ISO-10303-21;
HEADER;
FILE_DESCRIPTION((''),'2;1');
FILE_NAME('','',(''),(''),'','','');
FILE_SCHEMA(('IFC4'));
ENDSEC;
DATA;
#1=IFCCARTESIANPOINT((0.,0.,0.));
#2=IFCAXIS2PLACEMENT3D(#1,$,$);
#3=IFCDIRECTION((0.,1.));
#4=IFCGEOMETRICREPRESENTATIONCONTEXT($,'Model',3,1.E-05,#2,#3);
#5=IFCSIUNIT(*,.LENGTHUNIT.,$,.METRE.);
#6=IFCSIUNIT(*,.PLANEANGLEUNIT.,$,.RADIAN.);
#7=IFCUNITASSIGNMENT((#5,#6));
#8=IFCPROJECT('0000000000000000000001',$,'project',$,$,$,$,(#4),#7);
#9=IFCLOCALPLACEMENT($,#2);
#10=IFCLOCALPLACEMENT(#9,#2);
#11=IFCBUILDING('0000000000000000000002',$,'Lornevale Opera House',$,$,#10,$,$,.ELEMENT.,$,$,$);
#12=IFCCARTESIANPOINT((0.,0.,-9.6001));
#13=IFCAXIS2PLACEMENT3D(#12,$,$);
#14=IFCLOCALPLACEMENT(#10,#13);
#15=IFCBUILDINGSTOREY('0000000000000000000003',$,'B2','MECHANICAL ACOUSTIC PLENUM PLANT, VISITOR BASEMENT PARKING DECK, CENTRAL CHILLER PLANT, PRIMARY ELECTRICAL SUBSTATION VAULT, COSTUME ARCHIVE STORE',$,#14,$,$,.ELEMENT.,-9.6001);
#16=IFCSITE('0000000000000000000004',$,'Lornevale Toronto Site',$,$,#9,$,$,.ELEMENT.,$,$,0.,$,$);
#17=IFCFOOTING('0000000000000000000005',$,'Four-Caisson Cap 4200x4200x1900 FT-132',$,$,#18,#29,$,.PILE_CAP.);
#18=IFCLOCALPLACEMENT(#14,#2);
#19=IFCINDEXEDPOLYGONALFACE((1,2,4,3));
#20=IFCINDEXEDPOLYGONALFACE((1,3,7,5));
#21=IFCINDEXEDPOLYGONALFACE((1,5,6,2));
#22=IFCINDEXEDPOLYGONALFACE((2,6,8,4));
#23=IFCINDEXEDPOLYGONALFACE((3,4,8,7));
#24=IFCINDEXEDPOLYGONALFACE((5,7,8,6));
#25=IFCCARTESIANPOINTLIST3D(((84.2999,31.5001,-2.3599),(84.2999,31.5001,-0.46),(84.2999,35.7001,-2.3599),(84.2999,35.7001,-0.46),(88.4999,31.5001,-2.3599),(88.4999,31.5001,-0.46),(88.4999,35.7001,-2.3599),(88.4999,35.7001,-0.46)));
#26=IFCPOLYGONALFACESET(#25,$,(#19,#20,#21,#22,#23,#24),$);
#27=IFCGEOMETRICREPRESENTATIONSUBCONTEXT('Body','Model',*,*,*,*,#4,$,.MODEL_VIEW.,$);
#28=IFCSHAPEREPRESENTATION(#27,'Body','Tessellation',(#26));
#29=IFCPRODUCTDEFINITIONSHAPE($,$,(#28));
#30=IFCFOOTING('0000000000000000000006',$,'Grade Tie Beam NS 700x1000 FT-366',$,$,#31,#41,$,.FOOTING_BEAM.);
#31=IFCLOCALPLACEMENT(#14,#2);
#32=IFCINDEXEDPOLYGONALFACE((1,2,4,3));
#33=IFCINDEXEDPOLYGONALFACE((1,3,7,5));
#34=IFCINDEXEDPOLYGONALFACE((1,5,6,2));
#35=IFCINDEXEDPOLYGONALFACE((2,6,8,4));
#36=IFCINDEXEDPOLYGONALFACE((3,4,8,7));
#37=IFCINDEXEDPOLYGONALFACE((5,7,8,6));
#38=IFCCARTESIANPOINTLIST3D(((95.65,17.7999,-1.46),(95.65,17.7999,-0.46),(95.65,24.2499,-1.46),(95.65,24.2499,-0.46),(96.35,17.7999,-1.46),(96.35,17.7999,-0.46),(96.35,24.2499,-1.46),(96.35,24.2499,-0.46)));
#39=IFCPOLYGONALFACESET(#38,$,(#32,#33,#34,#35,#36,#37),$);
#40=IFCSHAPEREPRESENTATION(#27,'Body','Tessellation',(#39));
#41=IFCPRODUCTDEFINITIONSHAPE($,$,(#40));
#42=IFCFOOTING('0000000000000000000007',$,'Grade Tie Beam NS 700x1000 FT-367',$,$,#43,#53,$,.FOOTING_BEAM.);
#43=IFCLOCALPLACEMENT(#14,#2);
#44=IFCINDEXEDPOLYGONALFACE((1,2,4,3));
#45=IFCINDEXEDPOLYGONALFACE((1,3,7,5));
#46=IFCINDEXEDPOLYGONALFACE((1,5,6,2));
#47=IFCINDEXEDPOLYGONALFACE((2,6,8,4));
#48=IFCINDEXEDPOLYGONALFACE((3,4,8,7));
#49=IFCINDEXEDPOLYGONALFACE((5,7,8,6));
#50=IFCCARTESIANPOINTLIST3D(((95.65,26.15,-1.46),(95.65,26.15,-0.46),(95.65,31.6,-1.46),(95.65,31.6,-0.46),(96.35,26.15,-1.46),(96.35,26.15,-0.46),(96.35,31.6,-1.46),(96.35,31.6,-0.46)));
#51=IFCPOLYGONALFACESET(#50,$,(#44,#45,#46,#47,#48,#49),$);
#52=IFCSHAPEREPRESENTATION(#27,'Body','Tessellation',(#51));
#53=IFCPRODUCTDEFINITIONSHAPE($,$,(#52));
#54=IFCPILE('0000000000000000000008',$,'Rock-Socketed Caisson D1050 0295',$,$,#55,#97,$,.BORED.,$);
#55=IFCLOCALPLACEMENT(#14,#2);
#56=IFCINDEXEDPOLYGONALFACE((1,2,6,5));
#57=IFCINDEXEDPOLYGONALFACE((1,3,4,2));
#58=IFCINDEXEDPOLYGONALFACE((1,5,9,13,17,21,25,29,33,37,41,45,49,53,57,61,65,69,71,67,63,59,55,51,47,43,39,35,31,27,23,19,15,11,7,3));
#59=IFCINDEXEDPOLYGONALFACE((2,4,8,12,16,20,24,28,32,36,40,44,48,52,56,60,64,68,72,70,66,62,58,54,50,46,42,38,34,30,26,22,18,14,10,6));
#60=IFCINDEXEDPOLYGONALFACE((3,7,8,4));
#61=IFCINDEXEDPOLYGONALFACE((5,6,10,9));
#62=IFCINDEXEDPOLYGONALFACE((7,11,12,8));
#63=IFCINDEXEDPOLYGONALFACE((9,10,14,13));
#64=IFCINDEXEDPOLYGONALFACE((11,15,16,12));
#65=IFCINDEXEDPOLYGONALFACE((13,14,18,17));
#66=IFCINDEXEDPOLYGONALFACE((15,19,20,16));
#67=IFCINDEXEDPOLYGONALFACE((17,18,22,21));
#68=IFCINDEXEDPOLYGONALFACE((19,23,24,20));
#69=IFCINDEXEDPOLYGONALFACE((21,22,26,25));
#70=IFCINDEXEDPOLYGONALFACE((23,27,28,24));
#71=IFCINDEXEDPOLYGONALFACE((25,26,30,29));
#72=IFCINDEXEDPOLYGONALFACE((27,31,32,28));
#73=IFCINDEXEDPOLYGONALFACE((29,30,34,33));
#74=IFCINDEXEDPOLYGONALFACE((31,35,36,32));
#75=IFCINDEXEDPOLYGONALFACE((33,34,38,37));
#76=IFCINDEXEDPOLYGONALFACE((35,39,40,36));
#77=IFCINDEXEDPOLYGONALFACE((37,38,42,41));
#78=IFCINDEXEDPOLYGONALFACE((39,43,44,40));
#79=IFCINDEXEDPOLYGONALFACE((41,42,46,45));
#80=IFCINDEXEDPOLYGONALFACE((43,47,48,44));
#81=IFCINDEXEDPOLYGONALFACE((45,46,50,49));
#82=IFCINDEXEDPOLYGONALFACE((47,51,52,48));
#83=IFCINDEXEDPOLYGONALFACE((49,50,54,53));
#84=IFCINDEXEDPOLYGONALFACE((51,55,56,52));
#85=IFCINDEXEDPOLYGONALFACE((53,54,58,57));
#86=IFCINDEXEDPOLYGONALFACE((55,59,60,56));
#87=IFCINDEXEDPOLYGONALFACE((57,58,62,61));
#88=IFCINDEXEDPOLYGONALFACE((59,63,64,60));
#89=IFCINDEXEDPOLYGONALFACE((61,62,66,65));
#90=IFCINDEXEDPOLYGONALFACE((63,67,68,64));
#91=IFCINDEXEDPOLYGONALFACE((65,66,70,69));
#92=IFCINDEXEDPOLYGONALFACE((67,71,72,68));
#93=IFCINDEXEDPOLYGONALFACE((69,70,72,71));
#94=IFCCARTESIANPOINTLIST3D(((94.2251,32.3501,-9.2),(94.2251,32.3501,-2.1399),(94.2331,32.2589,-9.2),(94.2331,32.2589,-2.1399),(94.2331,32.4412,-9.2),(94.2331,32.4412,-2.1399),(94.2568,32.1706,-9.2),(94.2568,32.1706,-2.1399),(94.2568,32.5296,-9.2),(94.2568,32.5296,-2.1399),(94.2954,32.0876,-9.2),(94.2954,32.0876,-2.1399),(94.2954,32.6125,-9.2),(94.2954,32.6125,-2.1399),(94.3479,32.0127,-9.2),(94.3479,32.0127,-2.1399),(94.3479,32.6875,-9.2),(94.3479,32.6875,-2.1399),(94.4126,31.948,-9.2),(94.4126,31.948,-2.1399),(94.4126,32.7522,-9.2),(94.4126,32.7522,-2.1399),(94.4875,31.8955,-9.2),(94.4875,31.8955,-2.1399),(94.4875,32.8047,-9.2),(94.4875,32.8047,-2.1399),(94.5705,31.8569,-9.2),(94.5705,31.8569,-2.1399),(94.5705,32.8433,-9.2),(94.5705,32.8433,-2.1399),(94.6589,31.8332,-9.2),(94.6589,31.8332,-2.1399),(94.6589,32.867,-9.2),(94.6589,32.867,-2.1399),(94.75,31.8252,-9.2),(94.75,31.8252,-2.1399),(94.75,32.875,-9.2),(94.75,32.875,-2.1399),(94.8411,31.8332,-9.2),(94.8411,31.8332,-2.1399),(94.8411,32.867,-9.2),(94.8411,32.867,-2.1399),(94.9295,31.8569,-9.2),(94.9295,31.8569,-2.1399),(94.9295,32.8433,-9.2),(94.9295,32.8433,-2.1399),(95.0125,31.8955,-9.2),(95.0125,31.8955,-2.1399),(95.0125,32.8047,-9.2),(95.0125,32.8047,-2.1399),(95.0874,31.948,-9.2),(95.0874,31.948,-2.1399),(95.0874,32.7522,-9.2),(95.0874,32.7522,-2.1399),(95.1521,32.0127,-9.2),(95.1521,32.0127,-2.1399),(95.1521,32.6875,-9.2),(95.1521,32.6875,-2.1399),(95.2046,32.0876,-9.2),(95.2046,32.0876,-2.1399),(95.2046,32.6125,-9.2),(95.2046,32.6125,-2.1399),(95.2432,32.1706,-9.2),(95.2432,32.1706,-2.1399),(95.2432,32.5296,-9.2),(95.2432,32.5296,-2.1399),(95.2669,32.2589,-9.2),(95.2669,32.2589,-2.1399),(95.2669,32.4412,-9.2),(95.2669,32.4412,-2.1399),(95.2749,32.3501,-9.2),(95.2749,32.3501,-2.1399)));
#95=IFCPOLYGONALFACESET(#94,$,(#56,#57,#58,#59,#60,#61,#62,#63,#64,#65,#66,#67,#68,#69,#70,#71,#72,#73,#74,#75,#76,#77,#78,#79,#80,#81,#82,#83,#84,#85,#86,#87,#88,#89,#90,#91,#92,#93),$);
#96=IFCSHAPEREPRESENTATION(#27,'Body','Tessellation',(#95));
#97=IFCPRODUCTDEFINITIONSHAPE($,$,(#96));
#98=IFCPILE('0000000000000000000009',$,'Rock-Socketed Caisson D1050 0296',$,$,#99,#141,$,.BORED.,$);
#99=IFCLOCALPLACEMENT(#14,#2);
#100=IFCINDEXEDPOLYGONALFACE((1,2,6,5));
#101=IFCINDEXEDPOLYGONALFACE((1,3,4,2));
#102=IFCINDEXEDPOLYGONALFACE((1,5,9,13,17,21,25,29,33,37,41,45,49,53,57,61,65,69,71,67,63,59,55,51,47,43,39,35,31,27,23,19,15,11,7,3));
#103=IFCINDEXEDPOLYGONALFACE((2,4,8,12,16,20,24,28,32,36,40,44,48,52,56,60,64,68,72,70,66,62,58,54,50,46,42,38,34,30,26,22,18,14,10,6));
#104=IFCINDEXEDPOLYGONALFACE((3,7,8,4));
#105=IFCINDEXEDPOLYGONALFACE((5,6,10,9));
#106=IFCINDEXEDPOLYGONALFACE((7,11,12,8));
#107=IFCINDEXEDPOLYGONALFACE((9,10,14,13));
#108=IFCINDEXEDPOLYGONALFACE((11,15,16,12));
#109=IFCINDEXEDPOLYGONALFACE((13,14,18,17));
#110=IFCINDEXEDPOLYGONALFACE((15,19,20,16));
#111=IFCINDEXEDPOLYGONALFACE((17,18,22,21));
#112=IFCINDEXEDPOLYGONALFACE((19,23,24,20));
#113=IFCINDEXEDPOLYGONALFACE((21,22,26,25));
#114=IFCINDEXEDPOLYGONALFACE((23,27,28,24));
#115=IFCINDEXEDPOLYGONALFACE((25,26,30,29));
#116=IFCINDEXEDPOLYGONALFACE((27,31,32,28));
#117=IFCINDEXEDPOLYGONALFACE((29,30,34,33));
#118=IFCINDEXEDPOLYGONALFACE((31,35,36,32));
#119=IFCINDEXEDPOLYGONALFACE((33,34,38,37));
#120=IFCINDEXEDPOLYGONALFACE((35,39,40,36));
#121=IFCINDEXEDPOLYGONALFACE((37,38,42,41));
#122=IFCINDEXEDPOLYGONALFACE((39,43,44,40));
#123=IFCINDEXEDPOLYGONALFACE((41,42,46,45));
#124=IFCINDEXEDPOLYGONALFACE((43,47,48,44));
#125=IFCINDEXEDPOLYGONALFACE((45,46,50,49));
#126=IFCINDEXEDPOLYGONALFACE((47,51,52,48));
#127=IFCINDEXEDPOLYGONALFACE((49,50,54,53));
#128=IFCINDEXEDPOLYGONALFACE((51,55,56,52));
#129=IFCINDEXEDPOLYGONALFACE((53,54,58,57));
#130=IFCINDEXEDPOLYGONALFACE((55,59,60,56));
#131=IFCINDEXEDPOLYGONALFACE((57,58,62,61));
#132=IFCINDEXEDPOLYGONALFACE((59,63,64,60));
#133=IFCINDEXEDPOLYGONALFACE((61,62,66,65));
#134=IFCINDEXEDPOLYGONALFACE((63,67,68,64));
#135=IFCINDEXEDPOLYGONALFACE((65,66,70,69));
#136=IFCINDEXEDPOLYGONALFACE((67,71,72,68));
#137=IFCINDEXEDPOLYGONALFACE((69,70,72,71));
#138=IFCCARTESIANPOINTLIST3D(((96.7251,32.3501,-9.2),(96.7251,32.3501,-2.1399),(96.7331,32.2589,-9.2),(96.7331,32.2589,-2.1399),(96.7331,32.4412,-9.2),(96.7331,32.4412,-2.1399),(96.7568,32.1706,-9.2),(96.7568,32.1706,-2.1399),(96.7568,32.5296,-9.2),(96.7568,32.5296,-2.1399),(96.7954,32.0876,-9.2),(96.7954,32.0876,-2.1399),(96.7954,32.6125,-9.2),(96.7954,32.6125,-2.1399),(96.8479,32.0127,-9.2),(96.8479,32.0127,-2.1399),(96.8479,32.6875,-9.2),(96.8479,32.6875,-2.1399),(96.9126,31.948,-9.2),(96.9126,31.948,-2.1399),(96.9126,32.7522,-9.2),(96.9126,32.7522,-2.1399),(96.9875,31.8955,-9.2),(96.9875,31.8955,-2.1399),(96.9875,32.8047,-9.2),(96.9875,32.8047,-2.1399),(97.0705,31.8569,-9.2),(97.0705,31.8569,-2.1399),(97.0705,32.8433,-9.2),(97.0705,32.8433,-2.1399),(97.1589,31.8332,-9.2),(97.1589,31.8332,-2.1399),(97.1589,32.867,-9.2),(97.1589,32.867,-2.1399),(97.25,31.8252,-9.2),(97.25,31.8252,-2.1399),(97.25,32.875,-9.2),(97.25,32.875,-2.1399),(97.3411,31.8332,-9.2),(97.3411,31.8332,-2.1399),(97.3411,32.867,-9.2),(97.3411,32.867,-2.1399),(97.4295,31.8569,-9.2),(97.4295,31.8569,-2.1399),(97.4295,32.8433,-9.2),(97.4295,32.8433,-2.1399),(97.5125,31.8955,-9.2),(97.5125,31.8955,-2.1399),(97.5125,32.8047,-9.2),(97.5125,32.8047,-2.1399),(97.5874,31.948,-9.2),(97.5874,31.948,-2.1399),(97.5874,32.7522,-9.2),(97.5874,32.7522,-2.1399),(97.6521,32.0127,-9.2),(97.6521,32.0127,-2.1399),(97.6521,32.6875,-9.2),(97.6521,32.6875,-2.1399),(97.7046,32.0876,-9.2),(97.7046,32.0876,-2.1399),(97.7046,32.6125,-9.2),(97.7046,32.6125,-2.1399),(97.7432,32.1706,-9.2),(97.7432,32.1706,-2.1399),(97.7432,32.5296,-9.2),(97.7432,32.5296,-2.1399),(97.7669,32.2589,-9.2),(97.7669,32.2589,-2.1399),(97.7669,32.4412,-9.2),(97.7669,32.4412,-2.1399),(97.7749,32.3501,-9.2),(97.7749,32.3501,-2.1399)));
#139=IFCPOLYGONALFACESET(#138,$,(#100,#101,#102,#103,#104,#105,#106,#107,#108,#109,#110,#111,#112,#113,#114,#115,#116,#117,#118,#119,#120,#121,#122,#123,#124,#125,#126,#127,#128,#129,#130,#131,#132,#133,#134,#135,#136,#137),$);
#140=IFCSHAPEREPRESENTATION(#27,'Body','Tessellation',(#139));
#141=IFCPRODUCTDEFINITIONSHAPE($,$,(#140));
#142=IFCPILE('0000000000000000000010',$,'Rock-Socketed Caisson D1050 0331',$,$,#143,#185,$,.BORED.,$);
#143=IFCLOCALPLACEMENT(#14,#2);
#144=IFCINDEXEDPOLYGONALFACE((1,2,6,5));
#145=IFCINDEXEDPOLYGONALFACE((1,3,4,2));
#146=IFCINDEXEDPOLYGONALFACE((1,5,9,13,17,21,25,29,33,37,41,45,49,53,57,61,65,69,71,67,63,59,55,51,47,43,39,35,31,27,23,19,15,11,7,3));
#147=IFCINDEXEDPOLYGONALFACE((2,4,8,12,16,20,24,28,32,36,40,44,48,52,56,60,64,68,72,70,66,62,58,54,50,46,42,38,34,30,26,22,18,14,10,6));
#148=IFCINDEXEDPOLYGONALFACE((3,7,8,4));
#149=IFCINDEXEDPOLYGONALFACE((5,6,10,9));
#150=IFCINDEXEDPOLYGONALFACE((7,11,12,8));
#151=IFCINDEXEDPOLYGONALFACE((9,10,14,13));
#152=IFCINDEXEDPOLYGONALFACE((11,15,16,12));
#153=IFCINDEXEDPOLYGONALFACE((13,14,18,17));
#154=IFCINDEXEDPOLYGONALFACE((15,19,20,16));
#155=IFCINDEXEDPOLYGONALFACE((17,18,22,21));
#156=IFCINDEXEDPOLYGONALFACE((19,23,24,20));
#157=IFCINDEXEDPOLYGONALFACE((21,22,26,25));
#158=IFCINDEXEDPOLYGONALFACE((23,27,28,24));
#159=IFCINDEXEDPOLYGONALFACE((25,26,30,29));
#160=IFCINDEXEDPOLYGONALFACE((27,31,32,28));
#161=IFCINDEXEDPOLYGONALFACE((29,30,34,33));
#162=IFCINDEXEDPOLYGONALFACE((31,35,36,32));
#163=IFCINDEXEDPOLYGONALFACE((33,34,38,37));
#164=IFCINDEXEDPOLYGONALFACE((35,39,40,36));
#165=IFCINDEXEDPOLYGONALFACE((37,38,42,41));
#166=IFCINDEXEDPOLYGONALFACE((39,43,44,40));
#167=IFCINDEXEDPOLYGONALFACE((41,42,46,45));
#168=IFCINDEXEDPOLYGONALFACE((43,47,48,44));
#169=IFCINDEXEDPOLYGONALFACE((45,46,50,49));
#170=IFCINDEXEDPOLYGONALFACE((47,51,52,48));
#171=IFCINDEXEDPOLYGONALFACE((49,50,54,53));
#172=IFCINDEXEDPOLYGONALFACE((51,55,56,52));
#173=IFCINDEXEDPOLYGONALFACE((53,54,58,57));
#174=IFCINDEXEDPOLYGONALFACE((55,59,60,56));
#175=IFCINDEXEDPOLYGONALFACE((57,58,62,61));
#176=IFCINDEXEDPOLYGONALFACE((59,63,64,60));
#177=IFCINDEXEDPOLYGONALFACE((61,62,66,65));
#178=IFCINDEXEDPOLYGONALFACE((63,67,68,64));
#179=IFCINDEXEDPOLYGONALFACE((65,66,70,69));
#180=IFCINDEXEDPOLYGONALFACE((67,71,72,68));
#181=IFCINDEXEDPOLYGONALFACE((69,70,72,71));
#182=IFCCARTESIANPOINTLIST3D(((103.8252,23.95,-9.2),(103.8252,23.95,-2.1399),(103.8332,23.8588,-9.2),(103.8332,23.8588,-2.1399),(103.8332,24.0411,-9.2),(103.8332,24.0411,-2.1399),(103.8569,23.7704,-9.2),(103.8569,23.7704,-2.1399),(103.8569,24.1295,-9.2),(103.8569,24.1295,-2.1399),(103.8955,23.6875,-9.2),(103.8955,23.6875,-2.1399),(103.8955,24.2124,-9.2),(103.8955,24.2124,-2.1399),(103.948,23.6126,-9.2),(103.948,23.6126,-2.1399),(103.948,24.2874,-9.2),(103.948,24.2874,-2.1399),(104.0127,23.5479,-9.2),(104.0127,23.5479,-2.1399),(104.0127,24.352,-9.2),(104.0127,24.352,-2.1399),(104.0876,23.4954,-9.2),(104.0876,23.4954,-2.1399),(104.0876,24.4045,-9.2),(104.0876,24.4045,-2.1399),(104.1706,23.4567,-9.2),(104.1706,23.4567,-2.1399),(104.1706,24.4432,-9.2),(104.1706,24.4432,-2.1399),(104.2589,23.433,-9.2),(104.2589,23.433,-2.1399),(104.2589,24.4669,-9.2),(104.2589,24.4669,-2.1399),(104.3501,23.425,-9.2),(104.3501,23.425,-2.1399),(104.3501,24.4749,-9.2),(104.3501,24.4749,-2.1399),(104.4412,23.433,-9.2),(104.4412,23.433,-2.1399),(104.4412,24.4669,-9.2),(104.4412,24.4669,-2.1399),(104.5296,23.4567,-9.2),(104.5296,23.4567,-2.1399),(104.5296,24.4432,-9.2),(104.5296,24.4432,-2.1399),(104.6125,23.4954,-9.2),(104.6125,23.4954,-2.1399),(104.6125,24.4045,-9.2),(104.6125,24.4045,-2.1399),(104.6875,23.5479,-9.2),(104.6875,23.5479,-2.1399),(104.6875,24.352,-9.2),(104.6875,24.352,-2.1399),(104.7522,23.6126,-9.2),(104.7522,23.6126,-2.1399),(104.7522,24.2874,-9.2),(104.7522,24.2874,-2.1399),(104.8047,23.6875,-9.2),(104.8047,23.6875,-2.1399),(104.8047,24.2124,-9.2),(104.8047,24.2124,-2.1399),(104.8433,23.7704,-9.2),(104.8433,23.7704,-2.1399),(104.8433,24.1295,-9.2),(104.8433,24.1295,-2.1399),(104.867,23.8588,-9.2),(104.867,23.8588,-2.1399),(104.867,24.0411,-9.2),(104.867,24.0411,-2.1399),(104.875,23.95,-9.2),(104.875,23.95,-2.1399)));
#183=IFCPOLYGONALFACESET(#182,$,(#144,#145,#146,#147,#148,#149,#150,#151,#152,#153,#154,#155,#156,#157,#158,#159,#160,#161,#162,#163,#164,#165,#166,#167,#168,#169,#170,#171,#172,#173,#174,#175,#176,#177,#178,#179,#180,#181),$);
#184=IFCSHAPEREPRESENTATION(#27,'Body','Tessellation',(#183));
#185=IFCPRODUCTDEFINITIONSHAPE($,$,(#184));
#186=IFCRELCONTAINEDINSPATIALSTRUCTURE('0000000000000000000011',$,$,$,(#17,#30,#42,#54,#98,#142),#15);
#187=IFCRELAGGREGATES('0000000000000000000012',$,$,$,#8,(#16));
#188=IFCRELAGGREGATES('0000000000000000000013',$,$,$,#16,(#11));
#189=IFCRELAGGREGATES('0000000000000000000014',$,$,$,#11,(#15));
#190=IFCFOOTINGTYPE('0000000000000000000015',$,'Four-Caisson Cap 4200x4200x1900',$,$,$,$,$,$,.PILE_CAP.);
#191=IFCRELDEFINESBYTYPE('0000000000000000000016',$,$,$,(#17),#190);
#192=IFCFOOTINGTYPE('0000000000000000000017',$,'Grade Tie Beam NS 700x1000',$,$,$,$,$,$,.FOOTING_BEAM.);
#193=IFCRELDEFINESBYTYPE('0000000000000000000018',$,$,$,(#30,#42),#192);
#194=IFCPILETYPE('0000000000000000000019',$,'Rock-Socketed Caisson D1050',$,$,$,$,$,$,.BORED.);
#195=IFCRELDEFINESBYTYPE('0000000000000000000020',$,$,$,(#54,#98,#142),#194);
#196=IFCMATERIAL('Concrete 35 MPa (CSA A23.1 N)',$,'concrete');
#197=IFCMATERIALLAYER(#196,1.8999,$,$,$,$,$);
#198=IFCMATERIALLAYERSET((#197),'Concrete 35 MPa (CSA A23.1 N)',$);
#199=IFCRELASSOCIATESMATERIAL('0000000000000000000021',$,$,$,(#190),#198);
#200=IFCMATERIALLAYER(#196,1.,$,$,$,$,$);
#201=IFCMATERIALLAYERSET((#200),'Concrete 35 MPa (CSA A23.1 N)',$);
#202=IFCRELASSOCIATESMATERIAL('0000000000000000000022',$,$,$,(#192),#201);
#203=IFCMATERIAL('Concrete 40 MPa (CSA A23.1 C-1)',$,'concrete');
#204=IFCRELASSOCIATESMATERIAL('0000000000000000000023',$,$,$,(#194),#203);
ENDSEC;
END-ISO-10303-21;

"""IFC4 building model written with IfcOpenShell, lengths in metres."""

from ifc_helpers import new_model, si_unit, direction, frame, origin, origin_2d, place, context, subcontext, project, spatial, rectangle, circle, extrude, material, layer, layer_set, material_profile, profile_set, type_object, element, save


model = new_model("IFC4")

# Units and contexts
model_context = context("Model", 3, precision=1e-05, world=origin(), true_north=direction((0.0, 1.0)))
body_context = subcontext(model_context, "Body", "Model", "MODEL_VIEW")
ifc_project = project(units=[si_unit("LENGTHUNIT", "METRE"), si_unit("PLANEANGLEUNIT", "RADIAN")], contexts=[model_context])

# Site, building, storey
site_placement = place(None, origin())
site = spatial("IfcSite", under=ifc_project, at=site_placement, Name="Lornevale Toronto Site", CompositionType="ELEMENT", RefElevation=0.0)
building_placement = place(site_placement, origin())
building = spatial("IfcBuilding", under=site, at=building_placement, Name="Lornevale Opera House", CompositionType="ELEMENT")
storey_placement = place(building_placement, frame((0.0, 0.0, -9.6001)))
storey = spatial("IfcBuildingStorey", under=building, at=storey_placement, Name="B2", Description="MECHANICAL ACOUSTIC PLENUM PLANT, VISITOR BASEMENT PARKING DECK, CENTRAL CHILLER PLANT, PRIMARY ELECTRICAL SUBSTATION VAULT, COSTUME ARCHIVE STORE", CompositionType="ELEMENT", Elevation=-9.6001)

# Footings
ifc_material_1 = material(Name="Concrete 35 MPa (CSA A23.1 N)", Category="concrete")
ifc_layer_1 = layer(ifc_material_1, 1.8999)
ifc_layer_set_1 = layer_set([ifc_layer_1], Name="Concrete 35 MPa (CSA A23.1 N)")
footing_type_1 = type_object("IfcFootingType", Name="Four-Caisson Cap 4200x4200x1900", PredefinedType="PILE_CAP", material=ifc_layer_set_1)
footing_1_placement = place(storey_placement, frame((86.3999, 33.6001, -2.3599), z_axis=(0.0, 0.0, 1.0), x_axis=(1.0, 0.0, 0.0)))
element("IfcFooting", 1, at=footing_1_placement, inside=storey, type_object=footing_type_1, Name="Four-Caisson Cap 4200x4200x1900 FT-132", PredefinedType="PILE_CAP", context=body_context, shape_type="SweptSolid", body=[
    extrude(rectangle(XDim=4.2, YDim=4.2, at=origin_2d()), origin(), (0.0, 0.0, 1.0), 1.8999),
])
ifc_layer_2 = layer(ifc_material_1, 1.0)
ifc_layer_set_2 = layer_set([ifc_layer_2], Name="Concrete 35 MPa (CSA A23.1 N)")
footing_type_2 = type_object("IfcFootingType", Name="Grade Tie Beam NS 700x1000", PredefinedType="FOOTING_BEAM", material=ifc_layer_set_2)
footing_2_placement = place(storey_placement, frame((96.0, 21.0249, -1.46), z_axis=(0.0, 0.0, 1.0), x_axis=(1.0, 0.0, 0.0)))
element("IfcFooting", 2, at=footing_2_placement, inside=storey, type_object=footing_type_2, Name="Grade Tie Beam NS 700x1000 FT-366", PredefinedType="FOOTING_BEAM", context=body_context, shape_type="SweptSolid", body=[
    extrude(rectangle(XDim=0.7, YDim=6.45, at=origin_2d()), origin(), (0.0, 0.0, 1.0), 1.0),
])
footing_3_placement = place(storey_placement, frame((96.0, 28.875, -1.46), z_axis=(0.0, 0.0, 1.0), x_axis=(1.0, 0.0, 0.0)))
element("IfcFooting", 3, at=footing_3_placement, inside=storey, type_object=footing_type_2, Name="Grade Tie Beam NS 700x1000 FT-367", PredefinedType="FOOTING_BEAM", context=body_context, shape_type="SweptSolid", body=[
    extrude(rectangle(XDim=0.7, YDim=5.45, at=origin_2d()), origin(), (0.0, 0.0, 1.0), 1.0),
])

# Piles
ifc_material_2 = material(Name="Concrete 40 MPa (CSA A23.1 C-1)", Category="concrete")
ifc_material_profile_1 = material_profile(ifc_material_2, circle(Radius=0.5249, at=origin_2d()), Name="CAIS1050")
ifc_profile_set_1 = profile_set([ifc_material_profile_1], Name="Concrete 40 MPa (CSA A23.1 C-1)")
pile_type_1 = type_object("IfcPileType", Name="Rock-Socketed Caisson D1050", PredefinedType="BORED", material=ifc_profile_set_1)
for number, where, z_axis, x_axis, name in (
    (4, (94.75, 32.3501, -2.1399), (0.0, 0.0, -1.0), (1.0, 0.0, 0.0), "Rock-Socketed Caisson D1050 0295"),
    (5, (97.25, 32.3501, -2.1399), (0.0, 0.0, -1.0), (1.0, 0.0, 0.0), "Rock-Socketed Caisson D1050 0296"),
    (6, (104.3501, 23.95, -2.1399), (0.0, 0.0, -1.0), (1.0, 0.0, 0.0), "Rock-Socketed Caisson D1050 0331"),
):
    element("IfcPile", number, at=place(storey_placement, frame(where, z_axis=z_axis, x_axis=x_axis)), inside=storey, type_object=pile_type_1, Name=name, PredefinedType="BORED", context=body_context, shape_type="SweptSolid", body=[
        extrude(circle(Radius=0.5249, at=origin_2d()), origin(), (0.0, 0.0, 1.0), 7.0601),
    ])

save(model, "model.ifc")
